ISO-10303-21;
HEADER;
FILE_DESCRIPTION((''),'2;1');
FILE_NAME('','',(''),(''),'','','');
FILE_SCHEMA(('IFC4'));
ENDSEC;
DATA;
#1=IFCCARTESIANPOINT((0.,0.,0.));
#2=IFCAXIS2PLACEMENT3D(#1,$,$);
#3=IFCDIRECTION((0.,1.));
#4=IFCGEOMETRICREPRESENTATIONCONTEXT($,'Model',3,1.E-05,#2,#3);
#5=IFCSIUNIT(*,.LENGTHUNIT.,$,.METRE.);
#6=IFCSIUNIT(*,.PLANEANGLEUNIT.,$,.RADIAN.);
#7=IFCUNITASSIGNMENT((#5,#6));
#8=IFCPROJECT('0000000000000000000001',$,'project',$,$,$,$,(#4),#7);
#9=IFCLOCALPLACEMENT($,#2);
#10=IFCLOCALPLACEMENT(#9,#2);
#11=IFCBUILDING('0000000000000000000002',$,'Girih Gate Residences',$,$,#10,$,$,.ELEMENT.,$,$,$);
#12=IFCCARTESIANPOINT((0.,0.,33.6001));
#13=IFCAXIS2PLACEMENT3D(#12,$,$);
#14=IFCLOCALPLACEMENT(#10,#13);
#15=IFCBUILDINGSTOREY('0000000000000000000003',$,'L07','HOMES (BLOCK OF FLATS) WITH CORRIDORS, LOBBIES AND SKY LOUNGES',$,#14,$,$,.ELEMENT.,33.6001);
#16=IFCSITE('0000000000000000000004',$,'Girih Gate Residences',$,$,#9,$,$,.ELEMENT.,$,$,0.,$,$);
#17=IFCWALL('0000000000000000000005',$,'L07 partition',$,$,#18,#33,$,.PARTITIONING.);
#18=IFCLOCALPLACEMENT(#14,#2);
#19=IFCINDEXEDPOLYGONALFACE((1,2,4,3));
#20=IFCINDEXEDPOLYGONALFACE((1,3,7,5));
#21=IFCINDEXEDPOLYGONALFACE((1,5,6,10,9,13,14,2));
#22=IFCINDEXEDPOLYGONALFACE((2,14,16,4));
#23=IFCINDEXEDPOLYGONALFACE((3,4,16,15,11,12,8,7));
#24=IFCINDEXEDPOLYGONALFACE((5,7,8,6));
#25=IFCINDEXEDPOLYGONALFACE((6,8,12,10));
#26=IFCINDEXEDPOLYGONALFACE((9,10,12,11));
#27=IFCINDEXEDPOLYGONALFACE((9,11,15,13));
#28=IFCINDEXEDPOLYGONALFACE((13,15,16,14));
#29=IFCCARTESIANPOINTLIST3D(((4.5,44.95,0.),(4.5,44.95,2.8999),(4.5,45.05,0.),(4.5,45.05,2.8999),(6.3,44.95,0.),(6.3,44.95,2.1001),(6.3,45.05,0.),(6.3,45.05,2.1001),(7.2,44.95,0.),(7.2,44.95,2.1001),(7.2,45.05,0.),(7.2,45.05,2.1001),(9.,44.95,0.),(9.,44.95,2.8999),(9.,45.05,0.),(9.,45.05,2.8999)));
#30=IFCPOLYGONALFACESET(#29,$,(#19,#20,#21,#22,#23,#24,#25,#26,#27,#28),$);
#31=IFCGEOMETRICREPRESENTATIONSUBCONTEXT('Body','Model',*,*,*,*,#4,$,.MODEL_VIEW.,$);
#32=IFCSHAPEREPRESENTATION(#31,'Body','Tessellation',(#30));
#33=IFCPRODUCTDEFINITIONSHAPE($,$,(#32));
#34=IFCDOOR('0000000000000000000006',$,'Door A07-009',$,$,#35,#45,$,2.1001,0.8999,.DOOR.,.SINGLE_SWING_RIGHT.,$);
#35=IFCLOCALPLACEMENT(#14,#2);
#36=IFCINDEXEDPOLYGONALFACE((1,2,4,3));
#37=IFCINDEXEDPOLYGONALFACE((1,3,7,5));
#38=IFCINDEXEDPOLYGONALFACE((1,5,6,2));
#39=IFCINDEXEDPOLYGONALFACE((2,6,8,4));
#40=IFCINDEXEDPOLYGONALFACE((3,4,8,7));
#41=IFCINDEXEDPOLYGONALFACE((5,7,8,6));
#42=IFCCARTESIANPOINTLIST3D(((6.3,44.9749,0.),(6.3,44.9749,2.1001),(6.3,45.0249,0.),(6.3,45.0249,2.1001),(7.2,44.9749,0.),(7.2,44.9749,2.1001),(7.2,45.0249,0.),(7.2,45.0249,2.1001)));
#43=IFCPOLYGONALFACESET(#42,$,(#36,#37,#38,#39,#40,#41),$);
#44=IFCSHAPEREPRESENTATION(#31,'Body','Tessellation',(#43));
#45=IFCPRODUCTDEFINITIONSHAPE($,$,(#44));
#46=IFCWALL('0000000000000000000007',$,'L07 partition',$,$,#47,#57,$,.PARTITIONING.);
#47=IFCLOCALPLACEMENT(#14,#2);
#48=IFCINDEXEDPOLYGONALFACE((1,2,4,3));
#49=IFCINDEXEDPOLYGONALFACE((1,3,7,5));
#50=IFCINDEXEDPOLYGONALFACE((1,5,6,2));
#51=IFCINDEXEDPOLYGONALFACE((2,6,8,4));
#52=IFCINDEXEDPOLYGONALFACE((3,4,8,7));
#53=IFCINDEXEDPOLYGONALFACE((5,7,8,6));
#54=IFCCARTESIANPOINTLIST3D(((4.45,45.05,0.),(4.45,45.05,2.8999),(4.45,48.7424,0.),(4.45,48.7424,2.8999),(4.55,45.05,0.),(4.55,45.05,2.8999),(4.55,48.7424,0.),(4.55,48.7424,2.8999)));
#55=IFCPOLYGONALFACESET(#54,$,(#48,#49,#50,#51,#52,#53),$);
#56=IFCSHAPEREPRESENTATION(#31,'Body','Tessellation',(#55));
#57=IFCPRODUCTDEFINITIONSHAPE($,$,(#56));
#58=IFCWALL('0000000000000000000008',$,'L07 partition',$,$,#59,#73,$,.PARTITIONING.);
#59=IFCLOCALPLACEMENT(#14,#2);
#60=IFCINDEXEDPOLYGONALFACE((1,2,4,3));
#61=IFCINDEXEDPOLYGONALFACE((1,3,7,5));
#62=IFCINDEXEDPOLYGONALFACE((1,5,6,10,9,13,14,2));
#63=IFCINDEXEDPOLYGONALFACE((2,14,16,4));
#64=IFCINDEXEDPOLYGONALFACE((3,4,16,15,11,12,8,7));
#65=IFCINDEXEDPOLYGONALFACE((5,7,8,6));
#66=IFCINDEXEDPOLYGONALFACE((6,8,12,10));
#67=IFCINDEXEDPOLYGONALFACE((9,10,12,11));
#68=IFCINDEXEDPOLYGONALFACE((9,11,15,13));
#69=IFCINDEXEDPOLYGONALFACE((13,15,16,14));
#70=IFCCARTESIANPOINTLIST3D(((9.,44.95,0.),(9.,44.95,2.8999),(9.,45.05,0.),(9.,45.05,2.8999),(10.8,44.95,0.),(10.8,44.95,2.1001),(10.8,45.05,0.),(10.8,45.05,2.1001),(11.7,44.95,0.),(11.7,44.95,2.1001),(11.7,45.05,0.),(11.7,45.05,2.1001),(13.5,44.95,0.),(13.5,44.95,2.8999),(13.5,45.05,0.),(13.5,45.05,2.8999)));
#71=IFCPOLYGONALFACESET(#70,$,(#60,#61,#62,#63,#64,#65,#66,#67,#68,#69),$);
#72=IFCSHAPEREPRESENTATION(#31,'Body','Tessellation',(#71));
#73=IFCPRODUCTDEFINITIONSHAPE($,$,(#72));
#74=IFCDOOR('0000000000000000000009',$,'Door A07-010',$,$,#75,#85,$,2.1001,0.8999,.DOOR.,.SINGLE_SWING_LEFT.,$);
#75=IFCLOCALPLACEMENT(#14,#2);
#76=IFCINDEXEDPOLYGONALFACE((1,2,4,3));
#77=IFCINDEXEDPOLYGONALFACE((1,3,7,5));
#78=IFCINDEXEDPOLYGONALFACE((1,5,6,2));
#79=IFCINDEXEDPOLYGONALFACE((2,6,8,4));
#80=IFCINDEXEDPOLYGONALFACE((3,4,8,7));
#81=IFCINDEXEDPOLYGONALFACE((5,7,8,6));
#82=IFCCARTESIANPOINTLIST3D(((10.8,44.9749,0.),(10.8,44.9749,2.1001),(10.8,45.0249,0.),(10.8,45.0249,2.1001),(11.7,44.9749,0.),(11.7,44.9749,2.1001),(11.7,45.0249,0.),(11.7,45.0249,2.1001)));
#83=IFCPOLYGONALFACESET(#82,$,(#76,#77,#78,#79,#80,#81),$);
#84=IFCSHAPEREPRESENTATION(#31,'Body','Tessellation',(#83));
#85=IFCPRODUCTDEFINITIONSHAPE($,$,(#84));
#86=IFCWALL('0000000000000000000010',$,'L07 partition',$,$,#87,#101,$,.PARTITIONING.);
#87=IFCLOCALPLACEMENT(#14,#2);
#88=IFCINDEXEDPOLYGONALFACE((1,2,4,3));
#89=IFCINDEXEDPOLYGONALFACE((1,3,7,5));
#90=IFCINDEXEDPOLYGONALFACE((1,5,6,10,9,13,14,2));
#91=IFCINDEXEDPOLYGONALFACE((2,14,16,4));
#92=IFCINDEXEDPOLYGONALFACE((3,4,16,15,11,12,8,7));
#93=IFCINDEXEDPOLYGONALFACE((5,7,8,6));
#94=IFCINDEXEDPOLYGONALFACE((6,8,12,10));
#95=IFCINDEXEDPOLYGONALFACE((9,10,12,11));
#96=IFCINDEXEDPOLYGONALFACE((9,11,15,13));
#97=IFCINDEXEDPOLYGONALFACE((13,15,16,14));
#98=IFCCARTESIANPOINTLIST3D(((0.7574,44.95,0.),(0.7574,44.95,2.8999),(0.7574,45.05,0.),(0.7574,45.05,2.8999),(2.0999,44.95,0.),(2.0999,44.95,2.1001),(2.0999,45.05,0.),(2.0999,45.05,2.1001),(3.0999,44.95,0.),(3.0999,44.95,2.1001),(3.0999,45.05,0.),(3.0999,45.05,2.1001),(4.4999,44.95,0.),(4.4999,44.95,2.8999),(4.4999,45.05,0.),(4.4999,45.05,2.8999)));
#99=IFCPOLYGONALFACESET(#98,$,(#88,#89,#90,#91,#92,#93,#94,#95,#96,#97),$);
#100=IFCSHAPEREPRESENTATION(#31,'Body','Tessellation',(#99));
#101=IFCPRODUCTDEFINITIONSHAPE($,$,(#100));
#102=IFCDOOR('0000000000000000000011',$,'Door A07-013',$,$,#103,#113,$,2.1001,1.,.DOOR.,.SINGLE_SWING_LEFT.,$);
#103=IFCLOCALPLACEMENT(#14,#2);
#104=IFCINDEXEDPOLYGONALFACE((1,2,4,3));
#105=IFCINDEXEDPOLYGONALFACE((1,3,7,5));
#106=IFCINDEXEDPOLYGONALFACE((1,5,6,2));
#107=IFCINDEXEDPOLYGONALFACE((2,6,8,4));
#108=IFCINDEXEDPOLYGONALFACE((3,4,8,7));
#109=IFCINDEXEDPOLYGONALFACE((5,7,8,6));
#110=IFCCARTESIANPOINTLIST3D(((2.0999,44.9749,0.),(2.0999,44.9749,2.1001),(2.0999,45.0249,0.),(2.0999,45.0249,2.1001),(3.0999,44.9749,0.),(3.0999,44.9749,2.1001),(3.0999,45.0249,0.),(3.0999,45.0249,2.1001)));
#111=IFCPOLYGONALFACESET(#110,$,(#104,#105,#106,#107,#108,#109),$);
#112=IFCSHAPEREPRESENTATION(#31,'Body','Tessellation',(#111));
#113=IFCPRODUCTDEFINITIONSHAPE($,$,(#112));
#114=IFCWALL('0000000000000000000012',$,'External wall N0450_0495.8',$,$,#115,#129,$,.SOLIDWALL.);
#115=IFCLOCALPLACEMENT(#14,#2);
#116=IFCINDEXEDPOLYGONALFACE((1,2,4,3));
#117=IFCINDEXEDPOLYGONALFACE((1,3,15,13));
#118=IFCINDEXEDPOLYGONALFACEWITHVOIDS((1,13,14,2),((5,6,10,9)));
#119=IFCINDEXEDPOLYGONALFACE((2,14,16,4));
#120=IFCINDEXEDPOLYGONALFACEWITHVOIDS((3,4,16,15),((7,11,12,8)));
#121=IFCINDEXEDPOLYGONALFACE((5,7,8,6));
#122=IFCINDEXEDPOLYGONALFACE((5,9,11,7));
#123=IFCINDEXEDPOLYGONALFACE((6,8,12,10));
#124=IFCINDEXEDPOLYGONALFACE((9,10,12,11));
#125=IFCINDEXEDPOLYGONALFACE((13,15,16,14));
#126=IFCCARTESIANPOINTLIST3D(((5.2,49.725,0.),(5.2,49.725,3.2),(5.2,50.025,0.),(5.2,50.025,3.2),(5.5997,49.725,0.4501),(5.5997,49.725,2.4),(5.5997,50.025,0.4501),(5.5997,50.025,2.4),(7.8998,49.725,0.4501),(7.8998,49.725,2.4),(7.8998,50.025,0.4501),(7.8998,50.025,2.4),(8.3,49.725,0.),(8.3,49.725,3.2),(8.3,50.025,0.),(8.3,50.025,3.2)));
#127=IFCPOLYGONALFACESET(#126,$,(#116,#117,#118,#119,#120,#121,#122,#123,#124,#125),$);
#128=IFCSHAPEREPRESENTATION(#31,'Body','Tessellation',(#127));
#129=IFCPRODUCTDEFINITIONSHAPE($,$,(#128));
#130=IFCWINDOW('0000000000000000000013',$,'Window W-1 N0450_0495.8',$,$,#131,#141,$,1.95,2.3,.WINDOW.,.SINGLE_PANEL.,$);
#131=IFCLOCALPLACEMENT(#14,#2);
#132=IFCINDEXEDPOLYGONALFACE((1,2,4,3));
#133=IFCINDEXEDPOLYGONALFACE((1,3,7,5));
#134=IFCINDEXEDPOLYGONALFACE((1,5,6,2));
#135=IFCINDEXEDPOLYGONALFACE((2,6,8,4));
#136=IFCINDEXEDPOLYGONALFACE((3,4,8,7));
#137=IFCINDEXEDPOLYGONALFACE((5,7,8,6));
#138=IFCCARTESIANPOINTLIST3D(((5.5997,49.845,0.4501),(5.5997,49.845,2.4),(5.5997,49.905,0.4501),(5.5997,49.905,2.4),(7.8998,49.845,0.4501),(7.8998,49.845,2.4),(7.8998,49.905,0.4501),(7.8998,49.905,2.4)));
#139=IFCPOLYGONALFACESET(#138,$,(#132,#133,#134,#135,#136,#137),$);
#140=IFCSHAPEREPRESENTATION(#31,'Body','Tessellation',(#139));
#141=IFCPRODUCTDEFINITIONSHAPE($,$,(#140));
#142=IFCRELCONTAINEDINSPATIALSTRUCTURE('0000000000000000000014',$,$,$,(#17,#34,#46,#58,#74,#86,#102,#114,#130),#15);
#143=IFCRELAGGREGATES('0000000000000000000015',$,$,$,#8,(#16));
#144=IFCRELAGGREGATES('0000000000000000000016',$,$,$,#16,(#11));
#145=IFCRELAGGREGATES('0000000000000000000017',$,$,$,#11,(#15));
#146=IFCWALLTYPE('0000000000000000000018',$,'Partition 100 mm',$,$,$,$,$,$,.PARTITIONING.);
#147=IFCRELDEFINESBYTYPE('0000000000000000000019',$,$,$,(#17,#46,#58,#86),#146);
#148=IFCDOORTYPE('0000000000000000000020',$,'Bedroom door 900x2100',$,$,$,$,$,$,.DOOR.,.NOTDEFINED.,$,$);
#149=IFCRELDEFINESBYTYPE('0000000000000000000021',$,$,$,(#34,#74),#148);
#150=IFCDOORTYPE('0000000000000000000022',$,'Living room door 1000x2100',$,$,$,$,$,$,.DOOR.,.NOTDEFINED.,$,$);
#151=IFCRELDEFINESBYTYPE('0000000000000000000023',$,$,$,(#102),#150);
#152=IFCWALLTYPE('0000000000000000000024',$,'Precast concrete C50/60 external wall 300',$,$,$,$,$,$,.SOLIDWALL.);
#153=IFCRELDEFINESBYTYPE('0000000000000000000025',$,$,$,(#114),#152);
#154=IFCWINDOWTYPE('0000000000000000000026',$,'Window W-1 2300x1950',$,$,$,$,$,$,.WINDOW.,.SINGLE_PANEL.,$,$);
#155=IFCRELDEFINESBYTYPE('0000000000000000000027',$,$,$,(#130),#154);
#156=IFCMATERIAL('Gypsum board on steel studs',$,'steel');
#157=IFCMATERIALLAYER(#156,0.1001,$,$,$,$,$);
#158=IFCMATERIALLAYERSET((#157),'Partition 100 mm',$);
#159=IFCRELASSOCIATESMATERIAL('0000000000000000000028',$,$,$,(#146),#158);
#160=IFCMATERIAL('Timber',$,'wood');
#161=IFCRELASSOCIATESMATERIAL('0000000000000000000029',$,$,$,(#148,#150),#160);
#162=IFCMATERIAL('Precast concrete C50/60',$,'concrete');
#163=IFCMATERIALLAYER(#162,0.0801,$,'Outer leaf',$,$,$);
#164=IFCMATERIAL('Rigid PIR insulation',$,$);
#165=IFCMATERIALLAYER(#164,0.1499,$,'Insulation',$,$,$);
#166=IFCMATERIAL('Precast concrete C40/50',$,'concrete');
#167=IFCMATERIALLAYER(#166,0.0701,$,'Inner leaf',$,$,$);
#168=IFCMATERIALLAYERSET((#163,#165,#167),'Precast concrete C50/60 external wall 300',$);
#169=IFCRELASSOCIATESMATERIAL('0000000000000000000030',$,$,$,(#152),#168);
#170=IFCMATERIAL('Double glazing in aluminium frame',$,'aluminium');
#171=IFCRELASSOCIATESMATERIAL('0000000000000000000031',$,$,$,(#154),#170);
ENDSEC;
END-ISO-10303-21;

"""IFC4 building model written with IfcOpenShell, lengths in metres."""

from ifc_helpers import new_model, si_unit, direction, frame, frame_2d, origin, place, context, subcontext, project, spatial, rectangle, extrude, material, layer, layer_set, type_object, element, fill, save


model = new_model("IFC4")

# Units and contexts
model_context = context("Model", 3, precision=1e-05, world=origin(), true_north=direction((0.0, 1.0)))
body_context = subcontext(model_context, "Body", "Model", "MODEL_VIEW")
ifc_project = project(units=[si_unit("LENGTHUNIT", "METRE"), si_unit("PLANEANGLEUNIT", "RADIAN")], contexts=[model_context])

# Site, building, storey
site_placement = place(None, origin())
site = spatial("IfcSite", under=ifc_project, at=site_placement, Name="Girih Gate Residences", CompositionType="ELEMENT", RefElevation=0.0)
building_placement = place(site_placement, origin())
building = spatial("IfcBuilding", under=site, at=building_placement, Name="Girih Gate Residences", CompositionType="ELEMENT")
storey_placement = place(building_placement, frame((0.0, 0.0, 33.6001)))
storey = spatial("IfcBuildingStorey", under=building, at=storey_placement, Name="L07", Description="HOMES (BLOCK OF FLATS) WITH CORRIDORS, LOBBIES AND SKY LOUNGES", CompositionType="ELEMENT", Elevation=33.6001)

# Shared definitions
ifc_material_1 = material(Name="Gypsum board on steel studs", Category="steel")

# Shared definitions
ifc_layer_1 = layer(ifc_material_1, 0.1001)
ifc_layer_set_1 = layer_set([ifc_layer_1], Name="Partition 100 mm")
wall_type_1 = type_object("IfcWallType", Name="Partition 100 mm", PredefinedType="PARTITIONING", material=ifc_layer_set_1)

# Wall, opening, door
wall_1_placement = place(storey_placement, frame((4.5, 45.0, 0.0), z_axis=(0.0, 0.0, 1.0), x_axis=(1.0, 0.0, 0.0)))
wall_1 = element("IfcWall", 1, at=wall_1_placement, inside=storey, type_object=wall_type_1, Name="L07 partition", PredefinedType="PARTITIONING", context=body_context, shape_type="SweptSolid", body=[
    extrude(rectangle(XDim=4.5, YDim=0.1001, at=frame_2d((2.25, 0.0))), origin(), (0.0, 0.0, 1.0), 2.8999),
])
opening_1_placement = place(wall_1_placement, frame((1.8, 0.0, 0.0)))
opening_1 = element("IfcOpeningElement", 2, at=opening_1_placement, cuts=wall_1, PredefinedType="OPENING", context=body_context, shape_type="SweptSolid", body=[
    extrude(rectangle(XDim=0.8999, YDim=2.1001, at=frame_2d((0.45, 1.05))), frame((0.0, 0.0601, 0.0), z_axis=(0.0, -1.0, 0.0), x_axis=(1.0, 0.0, 0.0)), (0.0, 0.0, 1.0), 0.1201),
])
ifc_material_2 = material(Name="Timber", Category="wood")
door_type_1 = type_object("IfcDoorType", Name="Bedroom door 900x2100", OperationType="NOTDEFINED", PredefinedType="DOOR", material=ifc_material_2)
door_1_placement = place(opening_1_placement, origin())
door_1 = element("IfcDoor", 3, at=door_1_placement, inside=storey, type_object=door_type_1, Name="Door A07-009", OperationType="SINGLE_SWING_RIGHT", OverallHeight=2.1001, OverallWidth=0.8999, PredefinedType="DOOR", context=body_context, shape_type="SweptSolid", body=[
    extrude(rectangle(XDim=0.8999, YDim=2.1001, at=frame_2d((0.45, 1.05))), frame((0.0, 0.0249, 0.0), z_axis=(0.0, -1.0, 0.0), x_axis=(1.0, 0.0, 0.0)), (0.0, 0.0, 1.0), 0.05),
])
fill(opening_1, door_1)

# Wall
wall_2_placement = place(storey_placement, frame((4.5, 45.05, 0.0), z_axis=(0.0, 0.0, 1.0), x_axis=(0.0, 1.0, 0.0)))
element("IfcWall", 4, at=wall_2_placement, inside=storey, type_object=wall_type_1, Name="L07 partition", PredefinedType="PARTITIONING", context=body_context, shape_type="SweptSolid", body=[
    extrude(rectangle(XDim=3.6924, YDim=0.1001, at=frame_2d((1.8462, 0.0))), origin(), (0.0, 0.0, 1.0), 2.8999),
])

# Walls, openings, doors
wall_3_placement = place(storey_placement, frame((9.0, 45.0, 0.0), z_axis=(0.0, 0.0, 1.0), x_axis=(1.0, 0.0, 0.0)))
wall_3 = element("IfcWall", 5, at=wall_3_placement, inside=storey, type_object=wall_type_1, Name="L07 partition", PredefinedType="PARTITIONING", context=body_context, shape_type="SweptSolid", body=[
    extrude(rectangle(XDim=4.5, YDim=0.1001, at=frame_2d((2.25, 0.0))), origin(), (0.0, 0.0, 1.0), 2.8999),
])
opening_2_placement = place(wall_3_placement, frame((1.8, 0.0, 0.0)))
opening_2 = element("IfcOpeningElement", 6, at=opening_2_placement, cuts=wall_3, PredefinedType="OPENING", context=body_context, shape_type="SweptSolid", body=[
    extrude(rectangle(XDim=0.8999, YDim=2.1001, at=frame_2d((0.45, 1.05))), frame((0.0, 0.0601, 0.0), z_axis=(0.0, -1.0, 0.0), x_axis=(1.0, 0.0, 0.0)), (0.0, 0.0, 1.0), 0.1201),
])
door_2_placement = place(opening_2_placement, origin())
door_2 = element("IfcDoor", 7, at=door_2_placement, inside=storey, type_object=door_type_1, Name="Door A07-010", OperationType="SINGLE_SWING_LEFT", OverallHeight=2.1001, OverallWidth=0.8999, PredefinedType="DOOR", context=body_context, shape_type="SweptSolid", body=[
    extrude(rectangle(XDim=0.8999, YDim=2.1001, at=frame_2d((0.45, 1.05))), frame((0.0, 0.0249, 0.0), z_axis=(0.0, -1.0, 0.0), x_axis=(1.0, 0.0, 0.0)), (0.0, 0.0, 1.0), 0.05),
])
fill(opening_2, door_2)
wall_4_placement = place(storey_placement, frame((0.7576, 45.0, 0.0), z_axis=(0.0, 0.0, 1.0), x_axis=(1.0, 0.0, 0.0)))
wall_4 = element("IfcWall", 8, at=wall_4_placement, inside=storey, type_object=wall_type_1, Name="L07 partition", PredefinedType="PARTITIONING", context=body_context, shape_type="SweptSolid", body=[
    extrude(rectangle(XDim=3.7424, YDim=0.1001, at=frame_2d((1.8711, 0.0))), origin(), (0.0, 0.0, 1.0), 2.8999),
])
opening_3_placement = place(wall_4_placement, frame((1.3423, 0.0, 0.0)))
opening_3 = element("IfcOpeningElement", 9, at=opening_3_placement, cuts=wall_4, PredefinedType="OPENING", context=body_context, shape_type="SweptSolid", body=[
    extrude(rectangle(XDim=1.0, YDim=2.1001, at=frame_2d((0.5, 1.05))), frame((0.0, 0.0601, 0.0), z_axis=(0.0, -1.0, 0.0), x_axis=(1.0, 0.0, 0.0)), (0.0, 0.0, 1.0), 0.1201),
])
door_type_2 = type_object("IfcDoorType", Name="Living room door 1000x2100", OperationType="NOTDEFINED", PredefinedType="DOOR", material=ifc_material_2)
door_3_placement = place(opening_3_placement, origin())
door_3 = element("IfcDoor", 10, at=door_3_placement, inside=storey, type_object=door_type_2, Name="Door A07-013", OperationType="SINGLE_SWING_LEFT", OverallHeight=2.1001, OverallWidth=1.0, PredefinedType="DOOR", context=body_context, shape_type="SweptSolid", body=[
    extrude(rectangle(XDim=1.0, YDim=2.1001, at=frame_2d((0.5, 1.05))), frame((0.0, 0.0249, 0.0), z_axis=(0.0, -1.0, 0.0), x_axis=(1.0, 0.0, 0.0)), (0.0, 0.0, 1.0), 0.05),
])
fill(opening_3, door_3)

# Wall, opening, window
ifc_material_3 = material(Name="Precast concrete C50/60", Category="concrete")
ifc_layer_2 = layer(ifc_material_3, 0.0801, Name="Outer leaf")
ifc_material_4 = material(Name="Rigid PIR insulation")
ifc_layer_3 = layer(ifc_material_4, 0.1499, Name="Insulation")
ifc_material_5 = material(Name="Precast concrete C40/50", Category="concrete")
ifc_layer_4 = layer(ifc_material_5, 0.0701, Name="Inner leaf")
ifc_layer_set_2 = layer_set([ifc_layer_2, ifc_layer_3, ifc_layer_4], Name="Precast concrete C50/60 external wall 300")
wall_type_2 = type_object("IfcWallType", Name="Precast concrete C50/60 external wall 300", PredefinedType="SOLIDWALL", material=ifc_layer_set_2)
wall_5_placement = place(storey_placement, frame((5.2, 49.875, 0.0), z_axis=(0.0, 0.0, 1.0), x_axis=(1.0, 0.0, 0.0)))
wall_5 = element("IfcWall", 11, at=wall_5_placement, inside=storey, type_object=wall_type_2, Name="External wall N0450_0495.8", PredefinedType="SOLIDWALL", context=body_context, shape_type="SweptSolid", body=[
    extrude(rectangle(XDim=3.1001, YDim=0.3, at=frame_2d((1.55, 0.0))), origin(), (0.0, 0.0, 1.0), 3.2),
])
opening_4_placement = place(wall_5_placement, frame((0.3999, 0.0, 0.45)))
opening_4 = element("IfcOpeningElement", 12, at=opening_4_placement, cuts=wall_5, PredefinedType="OPENING", context=body_context, shape_type="SweptSolid", body=[
    extrude(rectangle(XDim=2.3, YDim=1.95, at=frame_2d((1.1499, 0.9751))), frame((0.0, 0.1599, 0.0), z_axis=(0.0, -1.0, 0.0), x_axis=(1.0, 0.0, 0.0)), (0.0, 0.0, 1.0), 0.3201),
])
ifc_material_6 = material(Name="Double glazing in aluminium frame", Category="aluminium")
window_type_1 = type_object("IfcWindowType", Name="Window W-1 2300x1950", PartitioningType="SINGLE_PANEL", PredefinedType="WINDOW", material=ifc_material_6)
window_1_placement = place(opening_4_placement, origin())
window_1 = element("IfcWindow", 13, at=window_1_placement, inside=storey, type_object=window_type_1, Name="Window W-1 N0450_0495.8", OverallHeight=1.95, OverallWidth=2.3, PartitioningType="SINGLE_PANEL", PredefinedType="WINDOW", context=body_context, shape_type="SweptSolid", body=[
    extrude(rectangle(XDim=2.3, YDim=1.95, at=frame_2d((1.1499, 0.9751))), frame((0.0, 0.03, 0.0), z_axis=(0.0, -1.0, 0.0), x_axis=(1.0, 0.0, 0.0)), (0.0, 0.0, 1.0), 0.0601),
])
fill(opening_4, window_1)

save(model, "model.ifc")
